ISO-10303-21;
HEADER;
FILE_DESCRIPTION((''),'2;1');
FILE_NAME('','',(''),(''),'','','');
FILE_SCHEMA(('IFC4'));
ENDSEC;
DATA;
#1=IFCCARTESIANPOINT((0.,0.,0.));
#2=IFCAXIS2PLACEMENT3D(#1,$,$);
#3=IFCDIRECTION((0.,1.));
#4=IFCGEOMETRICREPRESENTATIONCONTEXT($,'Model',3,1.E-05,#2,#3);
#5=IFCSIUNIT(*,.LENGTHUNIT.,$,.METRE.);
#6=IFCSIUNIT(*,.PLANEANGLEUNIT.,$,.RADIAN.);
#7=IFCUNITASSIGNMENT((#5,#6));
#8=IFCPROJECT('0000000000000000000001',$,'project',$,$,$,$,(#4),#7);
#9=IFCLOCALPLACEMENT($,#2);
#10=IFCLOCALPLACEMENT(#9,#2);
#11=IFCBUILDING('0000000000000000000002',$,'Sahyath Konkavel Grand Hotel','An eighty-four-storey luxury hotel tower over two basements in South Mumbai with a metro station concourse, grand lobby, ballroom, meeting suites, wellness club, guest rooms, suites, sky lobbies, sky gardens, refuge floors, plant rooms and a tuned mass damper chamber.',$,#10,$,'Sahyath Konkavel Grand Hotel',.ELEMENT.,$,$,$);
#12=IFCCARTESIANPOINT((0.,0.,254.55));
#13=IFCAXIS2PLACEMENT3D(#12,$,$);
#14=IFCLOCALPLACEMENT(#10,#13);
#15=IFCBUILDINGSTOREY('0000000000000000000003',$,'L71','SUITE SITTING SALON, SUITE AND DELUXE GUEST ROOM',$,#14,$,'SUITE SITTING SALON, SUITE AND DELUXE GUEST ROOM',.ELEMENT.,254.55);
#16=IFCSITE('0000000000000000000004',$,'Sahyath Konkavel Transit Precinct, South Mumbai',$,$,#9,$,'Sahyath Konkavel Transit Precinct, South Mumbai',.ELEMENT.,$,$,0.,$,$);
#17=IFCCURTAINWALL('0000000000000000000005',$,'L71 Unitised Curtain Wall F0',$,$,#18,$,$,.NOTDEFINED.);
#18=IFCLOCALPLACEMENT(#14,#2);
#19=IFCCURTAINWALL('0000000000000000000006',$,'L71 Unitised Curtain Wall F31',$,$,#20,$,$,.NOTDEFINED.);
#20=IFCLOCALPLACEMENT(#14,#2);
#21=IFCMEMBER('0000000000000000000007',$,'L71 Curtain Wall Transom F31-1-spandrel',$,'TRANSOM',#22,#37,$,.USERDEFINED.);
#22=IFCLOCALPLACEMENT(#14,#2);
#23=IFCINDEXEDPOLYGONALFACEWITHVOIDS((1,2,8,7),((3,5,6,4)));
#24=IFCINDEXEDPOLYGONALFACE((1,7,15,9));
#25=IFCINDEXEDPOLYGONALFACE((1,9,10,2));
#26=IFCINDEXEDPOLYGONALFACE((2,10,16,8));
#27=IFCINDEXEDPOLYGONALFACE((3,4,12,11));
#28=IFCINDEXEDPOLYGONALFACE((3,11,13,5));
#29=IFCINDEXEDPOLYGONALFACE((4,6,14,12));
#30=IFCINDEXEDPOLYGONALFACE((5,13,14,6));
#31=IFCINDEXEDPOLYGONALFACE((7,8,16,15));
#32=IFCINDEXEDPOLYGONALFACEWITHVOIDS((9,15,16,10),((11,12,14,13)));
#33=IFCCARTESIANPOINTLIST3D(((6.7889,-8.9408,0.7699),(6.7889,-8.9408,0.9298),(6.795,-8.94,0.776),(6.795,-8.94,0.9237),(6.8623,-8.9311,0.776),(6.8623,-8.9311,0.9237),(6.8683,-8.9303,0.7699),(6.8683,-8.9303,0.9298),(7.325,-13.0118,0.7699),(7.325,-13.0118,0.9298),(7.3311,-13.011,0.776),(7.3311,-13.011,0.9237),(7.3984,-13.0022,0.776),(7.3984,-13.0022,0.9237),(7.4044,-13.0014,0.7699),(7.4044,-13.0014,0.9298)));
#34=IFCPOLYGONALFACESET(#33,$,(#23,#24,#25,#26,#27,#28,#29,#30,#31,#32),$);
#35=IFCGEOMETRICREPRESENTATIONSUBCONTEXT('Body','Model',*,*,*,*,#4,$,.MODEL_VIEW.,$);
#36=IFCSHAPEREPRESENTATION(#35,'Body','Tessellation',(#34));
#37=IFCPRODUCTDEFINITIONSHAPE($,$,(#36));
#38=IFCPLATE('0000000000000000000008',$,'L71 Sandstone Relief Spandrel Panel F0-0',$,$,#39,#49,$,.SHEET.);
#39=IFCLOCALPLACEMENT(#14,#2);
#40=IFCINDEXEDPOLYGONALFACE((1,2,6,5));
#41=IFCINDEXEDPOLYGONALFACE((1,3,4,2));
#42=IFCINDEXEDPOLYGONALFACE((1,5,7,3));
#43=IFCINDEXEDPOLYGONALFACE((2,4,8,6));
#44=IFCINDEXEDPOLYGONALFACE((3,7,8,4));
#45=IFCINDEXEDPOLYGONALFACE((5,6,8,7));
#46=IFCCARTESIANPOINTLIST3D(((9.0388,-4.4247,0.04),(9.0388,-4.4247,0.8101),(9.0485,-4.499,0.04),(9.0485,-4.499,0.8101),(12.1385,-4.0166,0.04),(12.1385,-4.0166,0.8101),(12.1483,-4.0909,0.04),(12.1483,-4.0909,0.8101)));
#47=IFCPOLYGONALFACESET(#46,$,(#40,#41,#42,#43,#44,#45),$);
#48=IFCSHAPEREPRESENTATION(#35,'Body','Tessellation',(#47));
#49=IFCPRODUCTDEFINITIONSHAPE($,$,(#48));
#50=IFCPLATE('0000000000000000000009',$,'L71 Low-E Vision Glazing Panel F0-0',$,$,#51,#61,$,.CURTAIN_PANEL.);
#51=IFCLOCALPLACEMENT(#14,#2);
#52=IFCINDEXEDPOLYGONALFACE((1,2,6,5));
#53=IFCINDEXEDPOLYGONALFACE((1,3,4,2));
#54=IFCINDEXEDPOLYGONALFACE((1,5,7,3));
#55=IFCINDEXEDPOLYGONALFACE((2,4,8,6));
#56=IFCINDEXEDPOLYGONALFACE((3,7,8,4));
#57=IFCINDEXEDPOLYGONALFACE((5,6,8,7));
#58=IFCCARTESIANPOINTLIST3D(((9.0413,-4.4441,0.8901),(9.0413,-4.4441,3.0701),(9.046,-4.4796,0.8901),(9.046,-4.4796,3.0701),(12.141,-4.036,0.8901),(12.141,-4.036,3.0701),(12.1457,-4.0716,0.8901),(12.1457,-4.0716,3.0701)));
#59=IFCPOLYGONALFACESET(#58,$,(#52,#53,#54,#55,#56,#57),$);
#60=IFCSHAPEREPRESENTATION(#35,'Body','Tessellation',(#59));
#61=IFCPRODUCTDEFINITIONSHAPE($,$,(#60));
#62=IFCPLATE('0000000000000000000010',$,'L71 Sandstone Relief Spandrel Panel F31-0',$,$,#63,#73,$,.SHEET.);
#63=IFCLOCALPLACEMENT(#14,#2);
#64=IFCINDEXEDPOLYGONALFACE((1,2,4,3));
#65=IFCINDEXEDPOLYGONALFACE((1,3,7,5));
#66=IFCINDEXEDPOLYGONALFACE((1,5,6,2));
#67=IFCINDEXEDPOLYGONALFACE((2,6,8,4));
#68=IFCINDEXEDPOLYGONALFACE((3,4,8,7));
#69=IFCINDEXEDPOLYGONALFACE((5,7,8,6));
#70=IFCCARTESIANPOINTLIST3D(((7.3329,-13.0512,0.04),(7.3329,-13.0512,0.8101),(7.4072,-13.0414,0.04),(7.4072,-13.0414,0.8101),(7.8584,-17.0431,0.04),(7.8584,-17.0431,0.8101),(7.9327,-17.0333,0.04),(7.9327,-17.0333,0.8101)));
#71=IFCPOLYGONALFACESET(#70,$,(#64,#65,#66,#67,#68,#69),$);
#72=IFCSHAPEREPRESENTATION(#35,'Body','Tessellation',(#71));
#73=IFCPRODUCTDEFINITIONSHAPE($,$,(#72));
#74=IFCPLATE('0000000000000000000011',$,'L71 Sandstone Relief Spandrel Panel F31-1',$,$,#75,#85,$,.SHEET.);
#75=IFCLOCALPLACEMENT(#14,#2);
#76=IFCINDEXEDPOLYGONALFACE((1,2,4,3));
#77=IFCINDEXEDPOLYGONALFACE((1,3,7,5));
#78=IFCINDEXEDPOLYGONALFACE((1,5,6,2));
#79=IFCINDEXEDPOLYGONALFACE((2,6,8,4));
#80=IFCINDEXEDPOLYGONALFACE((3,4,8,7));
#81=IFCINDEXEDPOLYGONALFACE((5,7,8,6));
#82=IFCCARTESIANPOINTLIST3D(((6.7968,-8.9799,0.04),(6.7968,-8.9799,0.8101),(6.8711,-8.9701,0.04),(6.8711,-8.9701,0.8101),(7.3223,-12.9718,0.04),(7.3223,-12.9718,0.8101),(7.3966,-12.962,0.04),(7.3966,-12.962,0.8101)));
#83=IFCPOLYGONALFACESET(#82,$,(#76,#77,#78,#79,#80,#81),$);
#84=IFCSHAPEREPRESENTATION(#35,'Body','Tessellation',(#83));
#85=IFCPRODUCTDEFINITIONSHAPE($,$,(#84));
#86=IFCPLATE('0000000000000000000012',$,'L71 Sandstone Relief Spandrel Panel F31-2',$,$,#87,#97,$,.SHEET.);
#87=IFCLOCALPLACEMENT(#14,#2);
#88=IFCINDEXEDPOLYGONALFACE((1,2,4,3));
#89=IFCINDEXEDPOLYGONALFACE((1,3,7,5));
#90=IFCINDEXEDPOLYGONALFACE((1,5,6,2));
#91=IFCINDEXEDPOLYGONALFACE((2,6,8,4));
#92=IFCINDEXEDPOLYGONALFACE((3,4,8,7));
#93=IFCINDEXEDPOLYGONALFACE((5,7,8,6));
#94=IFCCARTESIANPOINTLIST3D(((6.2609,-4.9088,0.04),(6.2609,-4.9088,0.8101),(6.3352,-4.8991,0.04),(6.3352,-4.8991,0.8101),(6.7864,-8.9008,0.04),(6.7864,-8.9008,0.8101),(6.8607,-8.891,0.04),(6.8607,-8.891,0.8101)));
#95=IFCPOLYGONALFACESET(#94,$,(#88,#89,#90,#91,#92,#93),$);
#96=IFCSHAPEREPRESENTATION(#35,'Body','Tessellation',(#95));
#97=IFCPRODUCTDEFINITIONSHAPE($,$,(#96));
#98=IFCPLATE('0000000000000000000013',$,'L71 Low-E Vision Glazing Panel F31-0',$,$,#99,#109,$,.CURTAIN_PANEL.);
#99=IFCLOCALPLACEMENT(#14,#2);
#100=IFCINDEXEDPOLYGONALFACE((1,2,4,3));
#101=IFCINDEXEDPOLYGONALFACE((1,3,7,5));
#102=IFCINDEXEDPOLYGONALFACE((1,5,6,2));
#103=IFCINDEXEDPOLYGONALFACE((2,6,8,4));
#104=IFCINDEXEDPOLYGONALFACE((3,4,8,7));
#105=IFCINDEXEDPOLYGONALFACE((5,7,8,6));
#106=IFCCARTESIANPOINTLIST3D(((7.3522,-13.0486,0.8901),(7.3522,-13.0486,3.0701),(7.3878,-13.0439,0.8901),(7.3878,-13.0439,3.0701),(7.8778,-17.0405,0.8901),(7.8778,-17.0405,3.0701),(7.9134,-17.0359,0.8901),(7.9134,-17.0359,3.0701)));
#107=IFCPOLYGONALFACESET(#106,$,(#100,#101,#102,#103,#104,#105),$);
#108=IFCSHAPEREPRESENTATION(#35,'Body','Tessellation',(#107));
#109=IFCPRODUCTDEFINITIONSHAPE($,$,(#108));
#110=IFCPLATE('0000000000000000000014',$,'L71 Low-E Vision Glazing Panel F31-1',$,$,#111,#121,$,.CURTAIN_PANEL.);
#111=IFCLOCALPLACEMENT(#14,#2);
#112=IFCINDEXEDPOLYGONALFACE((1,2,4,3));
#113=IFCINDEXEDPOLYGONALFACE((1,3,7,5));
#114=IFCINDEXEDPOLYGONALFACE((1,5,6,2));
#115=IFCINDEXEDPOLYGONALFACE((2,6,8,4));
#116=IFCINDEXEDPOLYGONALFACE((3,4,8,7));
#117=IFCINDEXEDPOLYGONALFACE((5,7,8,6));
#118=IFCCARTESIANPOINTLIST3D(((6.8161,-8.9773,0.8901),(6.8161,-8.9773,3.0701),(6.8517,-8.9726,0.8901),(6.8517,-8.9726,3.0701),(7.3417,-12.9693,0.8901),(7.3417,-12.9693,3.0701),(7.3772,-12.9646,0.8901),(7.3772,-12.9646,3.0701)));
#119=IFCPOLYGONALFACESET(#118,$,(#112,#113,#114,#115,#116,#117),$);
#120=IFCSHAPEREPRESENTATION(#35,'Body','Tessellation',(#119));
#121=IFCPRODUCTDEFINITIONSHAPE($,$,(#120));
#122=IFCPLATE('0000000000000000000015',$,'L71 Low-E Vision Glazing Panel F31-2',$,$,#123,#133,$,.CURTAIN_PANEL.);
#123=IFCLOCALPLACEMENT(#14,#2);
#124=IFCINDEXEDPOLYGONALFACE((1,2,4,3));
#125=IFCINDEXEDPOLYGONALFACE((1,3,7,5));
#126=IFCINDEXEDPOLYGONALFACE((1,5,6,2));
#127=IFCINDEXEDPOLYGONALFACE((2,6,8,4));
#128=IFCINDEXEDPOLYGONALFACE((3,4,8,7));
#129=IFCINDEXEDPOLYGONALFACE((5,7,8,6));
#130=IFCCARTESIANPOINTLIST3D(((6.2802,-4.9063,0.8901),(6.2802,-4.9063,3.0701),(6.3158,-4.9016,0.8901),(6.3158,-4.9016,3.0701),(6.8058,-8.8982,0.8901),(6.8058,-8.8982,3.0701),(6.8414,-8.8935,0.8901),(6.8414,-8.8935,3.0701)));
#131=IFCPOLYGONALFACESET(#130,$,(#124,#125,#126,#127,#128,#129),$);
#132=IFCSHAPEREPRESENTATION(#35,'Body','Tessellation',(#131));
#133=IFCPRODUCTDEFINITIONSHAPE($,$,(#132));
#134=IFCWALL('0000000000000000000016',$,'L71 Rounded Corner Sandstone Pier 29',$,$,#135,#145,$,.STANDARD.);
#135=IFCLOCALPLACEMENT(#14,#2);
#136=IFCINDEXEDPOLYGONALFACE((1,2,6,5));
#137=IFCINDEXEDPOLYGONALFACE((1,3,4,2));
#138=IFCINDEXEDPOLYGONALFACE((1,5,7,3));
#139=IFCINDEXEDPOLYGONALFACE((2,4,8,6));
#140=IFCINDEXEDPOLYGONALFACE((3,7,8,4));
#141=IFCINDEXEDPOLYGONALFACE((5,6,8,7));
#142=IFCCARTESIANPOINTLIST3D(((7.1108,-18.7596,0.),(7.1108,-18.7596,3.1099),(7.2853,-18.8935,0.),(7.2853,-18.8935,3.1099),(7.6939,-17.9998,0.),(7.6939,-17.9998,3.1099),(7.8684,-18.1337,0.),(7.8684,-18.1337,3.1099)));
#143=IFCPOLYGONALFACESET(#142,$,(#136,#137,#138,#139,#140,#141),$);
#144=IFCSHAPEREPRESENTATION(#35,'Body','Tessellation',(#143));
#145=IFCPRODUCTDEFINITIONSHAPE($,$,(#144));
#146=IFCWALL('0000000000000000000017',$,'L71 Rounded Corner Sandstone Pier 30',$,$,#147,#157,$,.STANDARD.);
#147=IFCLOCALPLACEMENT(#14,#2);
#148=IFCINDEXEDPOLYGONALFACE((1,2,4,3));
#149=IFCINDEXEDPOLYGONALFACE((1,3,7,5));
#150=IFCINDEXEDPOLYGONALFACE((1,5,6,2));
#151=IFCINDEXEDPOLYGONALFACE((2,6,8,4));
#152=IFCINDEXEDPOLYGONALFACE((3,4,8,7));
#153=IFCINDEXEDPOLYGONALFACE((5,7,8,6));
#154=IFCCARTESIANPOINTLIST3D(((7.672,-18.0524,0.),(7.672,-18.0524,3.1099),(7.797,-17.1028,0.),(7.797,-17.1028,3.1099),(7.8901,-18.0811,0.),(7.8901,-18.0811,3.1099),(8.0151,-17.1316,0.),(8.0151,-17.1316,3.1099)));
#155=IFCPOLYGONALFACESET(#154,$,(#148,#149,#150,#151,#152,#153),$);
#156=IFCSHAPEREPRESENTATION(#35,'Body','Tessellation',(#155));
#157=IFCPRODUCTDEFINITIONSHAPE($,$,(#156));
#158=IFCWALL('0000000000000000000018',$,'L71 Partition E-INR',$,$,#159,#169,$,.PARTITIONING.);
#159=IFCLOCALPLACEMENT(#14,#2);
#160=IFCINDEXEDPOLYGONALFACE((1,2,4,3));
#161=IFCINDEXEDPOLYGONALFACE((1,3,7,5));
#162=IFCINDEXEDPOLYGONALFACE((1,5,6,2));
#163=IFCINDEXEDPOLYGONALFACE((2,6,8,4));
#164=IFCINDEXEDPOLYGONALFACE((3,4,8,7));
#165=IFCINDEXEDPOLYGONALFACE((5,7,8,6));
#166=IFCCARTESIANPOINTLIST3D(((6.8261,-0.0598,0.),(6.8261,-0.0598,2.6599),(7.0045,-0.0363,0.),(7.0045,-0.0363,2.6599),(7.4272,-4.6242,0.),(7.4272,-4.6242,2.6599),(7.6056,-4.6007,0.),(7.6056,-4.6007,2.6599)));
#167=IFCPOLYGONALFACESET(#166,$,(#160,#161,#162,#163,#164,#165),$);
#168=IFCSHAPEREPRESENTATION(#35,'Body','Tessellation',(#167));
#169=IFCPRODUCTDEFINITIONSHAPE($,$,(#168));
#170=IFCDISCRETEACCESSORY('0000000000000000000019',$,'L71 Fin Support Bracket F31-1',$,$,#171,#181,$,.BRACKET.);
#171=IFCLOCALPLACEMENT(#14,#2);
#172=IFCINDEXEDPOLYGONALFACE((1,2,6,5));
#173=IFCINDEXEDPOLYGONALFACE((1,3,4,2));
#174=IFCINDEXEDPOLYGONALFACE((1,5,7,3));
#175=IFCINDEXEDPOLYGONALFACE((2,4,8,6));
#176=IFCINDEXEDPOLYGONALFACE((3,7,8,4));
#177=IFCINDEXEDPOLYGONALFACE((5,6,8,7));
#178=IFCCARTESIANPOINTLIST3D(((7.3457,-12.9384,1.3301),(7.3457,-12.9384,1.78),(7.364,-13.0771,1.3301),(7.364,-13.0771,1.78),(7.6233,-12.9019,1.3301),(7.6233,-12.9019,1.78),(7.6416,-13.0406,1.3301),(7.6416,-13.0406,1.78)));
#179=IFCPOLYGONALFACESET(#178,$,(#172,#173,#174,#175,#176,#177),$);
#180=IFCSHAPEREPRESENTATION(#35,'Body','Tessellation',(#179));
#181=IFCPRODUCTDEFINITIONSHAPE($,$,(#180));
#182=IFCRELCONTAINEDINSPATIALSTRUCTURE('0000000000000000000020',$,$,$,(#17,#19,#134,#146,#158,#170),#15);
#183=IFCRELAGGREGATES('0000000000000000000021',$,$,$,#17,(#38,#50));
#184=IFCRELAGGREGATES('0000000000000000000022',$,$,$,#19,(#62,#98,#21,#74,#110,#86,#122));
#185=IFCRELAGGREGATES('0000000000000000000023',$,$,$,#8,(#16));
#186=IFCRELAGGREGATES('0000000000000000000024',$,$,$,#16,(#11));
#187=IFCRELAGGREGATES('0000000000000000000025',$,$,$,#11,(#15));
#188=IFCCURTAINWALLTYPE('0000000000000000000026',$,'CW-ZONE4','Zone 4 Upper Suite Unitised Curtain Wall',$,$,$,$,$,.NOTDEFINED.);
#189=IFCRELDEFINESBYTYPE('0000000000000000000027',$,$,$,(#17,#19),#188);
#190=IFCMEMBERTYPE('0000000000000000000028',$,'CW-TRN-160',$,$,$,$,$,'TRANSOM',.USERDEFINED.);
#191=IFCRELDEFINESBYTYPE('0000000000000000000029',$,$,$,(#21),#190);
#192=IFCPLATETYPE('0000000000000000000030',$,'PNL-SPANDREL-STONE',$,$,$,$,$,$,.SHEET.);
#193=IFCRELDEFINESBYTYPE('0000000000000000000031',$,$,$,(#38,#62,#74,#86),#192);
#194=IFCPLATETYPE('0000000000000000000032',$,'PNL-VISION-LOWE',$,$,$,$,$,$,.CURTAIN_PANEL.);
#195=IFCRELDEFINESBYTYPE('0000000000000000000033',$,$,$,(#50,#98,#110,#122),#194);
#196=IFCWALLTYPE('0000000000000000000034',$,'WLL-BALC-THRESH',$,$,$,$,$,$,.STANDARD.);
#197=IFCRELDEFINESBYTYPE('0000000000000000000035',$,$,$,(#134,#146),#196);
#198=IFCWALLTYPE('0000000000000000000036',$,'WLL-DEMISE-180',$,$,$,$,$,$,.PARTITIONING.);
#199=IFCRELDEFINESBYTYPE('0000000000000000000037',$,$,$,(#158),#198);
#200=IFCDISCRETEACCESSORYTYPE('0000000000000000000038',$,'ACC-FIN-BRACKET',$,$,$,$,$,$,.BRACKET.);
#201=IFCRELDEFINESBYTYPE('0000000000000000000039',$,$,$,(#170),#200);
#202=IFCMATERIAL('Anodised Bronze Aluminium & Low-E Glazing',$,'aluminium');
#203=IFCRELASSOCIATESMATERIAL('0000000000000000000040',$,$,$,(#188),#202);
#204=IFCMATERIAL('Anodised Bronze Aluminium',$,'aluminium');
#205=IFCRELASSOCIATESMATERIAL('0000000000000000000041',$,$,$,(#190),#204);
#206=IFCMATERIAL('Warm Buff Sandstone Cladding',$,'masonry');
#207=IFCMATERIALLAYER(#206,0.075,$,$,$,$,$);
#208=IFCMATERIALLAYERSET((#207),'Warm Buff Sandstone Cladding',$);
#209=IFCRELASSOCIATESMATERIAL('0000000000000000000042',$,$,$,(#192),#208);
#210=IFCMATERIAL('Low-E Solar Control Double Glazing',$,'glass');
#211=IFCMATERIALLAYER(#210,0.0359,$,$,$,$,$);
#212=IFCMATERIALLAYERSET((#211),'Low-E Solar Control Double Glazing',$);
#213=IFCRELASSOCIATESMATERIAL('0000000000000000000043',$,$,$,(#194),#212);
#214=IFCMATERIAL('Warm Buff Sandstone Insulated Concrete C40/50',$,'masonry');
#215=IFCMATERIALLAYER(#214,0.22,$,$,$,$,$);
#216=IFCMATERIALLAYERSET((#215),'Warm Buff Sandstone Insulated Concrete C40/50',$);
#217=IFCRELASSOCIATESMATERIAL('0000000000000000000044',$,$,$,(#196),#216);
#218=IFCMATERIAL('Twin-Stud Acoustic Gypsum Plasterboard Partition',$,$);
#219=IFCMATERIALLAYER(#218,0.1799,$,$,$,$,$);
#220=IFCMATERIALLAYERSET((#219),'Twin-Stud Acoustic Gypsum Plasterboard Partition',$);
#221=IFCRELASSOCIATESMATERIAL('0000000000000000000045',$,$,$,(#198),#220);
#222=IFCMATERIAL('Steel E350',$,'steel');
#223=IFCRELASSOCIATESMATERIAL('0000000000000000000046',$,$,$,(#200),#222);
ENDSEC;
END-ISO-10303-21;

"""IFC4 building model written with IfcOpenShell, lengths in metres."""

from ifc_helpers import new_model, si_unit, direction, frame, frame_2d, origin, origin_2d, place, context, subcontext, project, spatial, rectangle, hollow_rectangle, extrude, source, transform, mapped, material, layer, layer_set, material_profile, profile_set, type_object, element, aggregate, save


model = new_model("IFC4")

# Units and contexts
model_context = context("Model", 3, precision=1e-05, world=origin(), true_north=direction((0.0, 1.0)))
body_context = subcontext(model_context, "Body", "Model", "MODEL_VIEW")
ifc_project = project(units=[si_unit("LENGTHUNIT", "METRE"), si_unit("PLANEANGLEUNIT", "RADIAN")], contexts=[model_context])

# Site, building, storey
site_placement = place(None, origin())
site = spatial("IfcSite", under=ifc_project, at=site_placement, Name="Sahyath Konkavel Transit Precinct, South Mumbai", LongName="Sahyath Konkavel Transit Precinct, South Mumbai", CompositionType="ELEMENT", RefElevation=0.0)
building_placement = place(site_placement, origin())
building = spatial("IfcBuilding", under=site, at=building_placement, Name="Sahyath Konkavel Grand Hotel", Description="An eighty-four-storey luxury hotel tower over two basements in South Mumbai with a metro station concourse, grand lobby, ballroom, meeting suites, wellness club, guest rooms, suites, sky lobbies, sky gardens, refuge floors, plant rooms and a tuned mass damper chamber.", LongName="Sahyath Konkavel Grand Hotel", CompositionType="ELEMENT")
storey_placement = place(building_placement, frame((0.0, 0.0, 254.55)))
storey = spatial("IfcBuildingStorey", under=building, at=storey_placement, Name="L71", Description="SUITE SITTING SALON, SUITE AND DELUXE GUEST ROOM", LongName="SUITE SITTING SALON, SUITE AND DELUXE GUEST ROOM", CompositionType="ELEMENT", Elevation=254.55)

# Curtain wall
ifc_material_1 = material(Name="Anodised Bronze Aluminium & Low-E Glazing", Category="aluminium")
curtain_wall_type = type_object("IfcCurtainWallType", Name="CW-ZONE4", Description="Zone 4 Upper Suite Unitised Curtain Wall", PredefinedType="NOTDEFINED", material=ifc_material_1)
curtain_wall_1_placement = place(storey_placement, origin())
curtain_wall_1 = element("IfcCurtainWall", 1, at=curtain_wall_1_placement, inside=storey, type_object=curtain_wall_type, Name="L71 Unitised Curtain Wall F0", PredefinedType="NOTDEFINED")
ifc_material_2 = material(Name="Anodised Bronze Aluminium", Category="aluminium")

# Curtain wall
curtain_wall_2_placement = place(storey_placement, origin())
curtain_wall_2 = element("IfcCurtainWall", 2, at=curtain_wall_2_placement, inside=storey, type_object=curtain_wall_type, Name="L71 Unitised Curtain Wall F31", PredefinedType="NOTDEFINED")

# Member
ifc_material_profile_1 = material_profile(ifc_material_2, hollow_rectangle(XDim=0.0801, YDim=0.1599, WallThickness=0.0061, at=origin_2d()), Name="RHS 160x80x6")
ifc_profile_set_1 = profile_set([ifc_material_profile_1], Name="Anodised Bronze Aluminium")
member_type_1 = type_object("IfcMemberType", Name="CW-TRN-160", ElementType="TRANSOM", PredefinedType="USERDEFINED", material=ifc_profile_set_1)
shared_shape_1 = source(origin(), body_context, "Body", "SweptSolid", [
    extrude(hollow_rectangle(XDim=0.0801, YDim=0.1599, WallThickness=0.0061, at=origin_2d()), origin(), (0.0, 0.0, 1.0), 4.1062),
])
member_1_placement = place(storey_placement, frame((7.3647, -13.0066, 0.8499), z_axis=(-0.130567, 0.99144, 0.0), x_axis=(-0.99144, -0.130567, 0.0)))
member_1 = element("IfcMember", 3, at=member_1_placement, type_object=member_type_1, Name="L71 Curtain Wall Transom F31-1-spandrel", ObjectType="TRANSOM", PredefinedType="USERDEFINED", context=body_context, shape_type="MappedRepresentation", body=[
    mapped(shared_shape_1, transform((0.0, 0.0, 0.0), scale=1.0)),
])

# Plates
ifc_material_3 = material(Name="Warm Buff Sandstone Cladding", Category="masonry")
ifc_layer_1 = layer(ifc_material_3, 0.075)
ifc_layer_set_1 = layer_set([ifc_layer_1], Name="Warm Buff Sandstone Cladding")
plate_type_1 = type_object("IfcPlateType", Name="PNL-SPANDREL-STONE", PredefinedType="SHEET", material=ifc_layer_set_1)
shared_shape_2 = source(origin(), body_context, "Body", "SweptSolid", [
    extrude(rectangle(XDim=3.1265, YDim=0.075, at=origin_2d()), origin(), (0.0, 0.0, 1.0), 0.77),
])
plate_1_placement = place(storey_placement, frame((10.5935, -4.2578, 0.04), z_axis=(0.0, 0.0, 1.0), x_axis=(0.991445, 0.130526, 0.0)))
plate_1 = element("IfcPlate", 4, at=plate_1_placement, type_object=plate_type_1, Name="L71 Sandstone Relief Spandrel Panel F0-0", PredefinedType="SHEET", context=body_context, shape_type="MappedRepresentation", body=[
    mapped(shared_shape_2, transform((0.0, 0.0, 0.0), scale=1.0)),
])
ifc_material_4 = material(Name="Low-E Solar Control Double Glazing", Category="glass")
ifc_layer_2 = layer(ifc_material_4, 0.0359)
ifc_layer_set_2 = layer_set([ifc_layer_2], Name="Low-E Solar Control Double Glazing")
plate_type_2 = type_object("IfcPlateType", Name="PNL-VISION-LOWE", PredefinedType="CURTAIN_PANEL", material=ifc_layer_set_2)
shared_shape_3 = source(origin(), body_context, "Body", "SweptSolid", [
    extrude(rectangle(XDim=3.1265, YDim=0.0359, at=origin_2d()), origin(), (0.0, 0.0, 1.0), 2.1799),
])
plate_2_placement = place(storey_placement, frame((10.5935, -4.2578, 0.8901), z_axis=(0.0, 0.0, 1.0), x_axis=(0.991445, 0.130526, 0.0)))
plate_2 = element("IfcPlate", 5, at=plate_2_placement, type_object=plate_type_2, Name="L71 Low-E Vision Glazing Panel F0-0", PredefinedType="CURTAIN_PANEL", context=body_context, shape_type="MappedRepresentation", body=[
    mapped(shared_shape_3, transform((0.0, 0.0, 0.0), scale=1.0)),
])
aggregate(curtain_wall_1, [plate_1, plate_2])
shared_shape_4 = source(origin(), body_context, "Body", "SweptSolid", [
    extrude(rectangle(XDim=4.0264, YDim=0.075, at=origin_2d()), origin(), (0.0, 0.0, 1.0), 0.77),
])
plate_3_placement = place(storey_placement, frame((7.6328, -15.0422, 0.04), z_axis=(0.0, 0.0, 1.0), x_axis=(-0.130526, 0.991445, 0.0)))
plate_3 = element("IfcPlate", 6, at=plate_3_placement, type_object=plate_type_1, Name="L71 Sandstone Relief Spandrel Panel F31-0", PredefinedType="SHEET", context=body_context, shape_type="MappedRepresentation", body=[
    mapped(shared_shape_4, transform((0.0, 0.0, 0.0), scale=1.0)),
])
plate_4_placement = place(storey_placement, frame((7.0967, -10.9709, 0.04), z_axis=(0.0, 0.0, 1.0), x_axis=(-0.130526, 0.991445, 0.0)))
plate_4 = element("IfcPlate", 7, at=plate_4_placement, type_object=plate_type_1, Name="L71 Sandstone Relief Spandrel Panel F31-1", PredefinedType="SHEET", context=body_context, shape_type="MappedRepresentation", body=[
    mapped(shared_shape_4, transform((0.0, 0.0, 0.0), scale=1.0)),
])
plate_5_placement = place(storey_placement, frame((6.5608, -6.8999, 0.04), z_axis=(0.0, 0.0, 1.0), x_axis=(-0.130526, 0.991445, 0.0)))
plate_5 = element("IfcPlate", 8, at=plate_5_placement, type_object=plate_type_1, Name="L71 Sandstone Relief Spandrel Panel F31-2", PredefinedType="SHEET", context=body_context, shape_type="MappedRepresentation", body=[
    mapped(shared_shape_4, transform((0.0, 0.0, 0.0), scale=1.0)),
])
shared_shape_5 = source(origin(), body_context, "Body", "SweptSolid", [
    extrude(rectangle(XDim=4.0264, YDim=0.0359, at=origin_2d()), origin(), (0.0, 0.0, 1.0), 2.1799),
])
plate_6_placement = place(storey_placement, frame((7.6328, -15.0422, 0.8901), z_axis=(0.0, 0.0, 1.0), x_axis=(-0.130526, 0.991445, 0.0)))
plate_6 = element("IfcPlate", 9, at=plate_6_placement, type_object=plate_type_2, Name="L71 Low-E Vision Glazing Panel F31-0", PredefinedType="CURTAIN_PANEL", context=body_context, shape_type="MappedRepresentation", body=[
    mapped(shared_shape_5, transform((0.0, 0.0, 0.0), scale=1.0)),
])
plate_7_placement = place(storey_placement, frame((7.0967, -10.9709, 0.8901), z_axis=(0.0, 0.0, 1.0), x_axis=(-0.130526, 0.991445, 0.0)))
plate_7 = element("IfcPlate", 10, at=plate_7_placement, type_object=plate_type_2, Name="L71 Low-E Vision Glazing Panel F31-1", PredefinedType="CURTAIN_PANEL", context=body_context, shape_type="MappedRepresentation", body=[
    mapped(shared_shape_5, transform((0.0, 0.0, 0.0), scale=1.0)),
])
plate_8_placement = place(storey_placement, frame((6.5608, -6.8999, 0.8901), z_axis=(0.0, 0.0, 1.0), x_axis=(-0.130526, 0.991445, 0.0)))
plate_8 = element("IfcPlate", 11, at=plate_8_placement, type_object=plate_type_2, Name="L71 Low-E Vision Glazing Panel F31-2", PredefinedType="CURTAIN_PANEL", context=body_context, shape_type="MappedRepresentation", body=[
    mapped(shared_shape_5, transform((0.0, 0.0, 0.0), scale=1.0)),
])
aggregate(curtain_wall_2, [plate_3, plate_6, member_1, plate_4, plate_7, plate_5, plate_8])

# Walls
ifc_material_5 = material(Name="Warm Buff Sandstone Insulated Concrete C40/50", Category="masonry")
ifc_layer_3 = layer(ifc_material_5, 0.22)
ifc_layer_set_3 = layer_set([ifc_layer_3], Name="Warm Buff Sandstone Insulated Concrete C40/50")
wall_type_1 = type_object("IfcWallType", Name="WLL-BALC-THRESH", PredefinedType="STANDARD", material=ifc_layer_set_3)
for number, where, z_axis, x_axis, name in (
    (12, (7.198, -18.8267, 0.0), (0.0, 0.0, 1.0), (0.608774, 0.793344, 0.0), "L71 Rounded Corner Sandstone Pier 29"),
    (13, (7.781, -18.0669, 0.0), (0.0, 0.0, 1.0), (0.130527, 0.991445, 0.0), "L71 Rounded Corner Sandstone Pier 30"),
):
    element("IfcWall", number, at=place(storey_placement, frame(where, z_axis=z_axis, x_axis=x_axis)), inside=storey, type_object=wall_type_1, Name=name, PredefinedType="STANDARD", context=body_context, shape_type="SweptSolid", body=[
        extrude(rectangle(XDim=0.9578, YDim=0.22, at=frame_2d((0.479, 0.0))), origin(), (0.0, 0.0, 1.0), 3.1099),
    ])
ifc_material_6 = material(Name="Twin-Stud Acoustic Gypsum Plasterboard Partition")
ifc_layer_4 = layer(ifc_material_6, 0.1799)
ifc_layer_set_4 = layer_set([ifc_layer_4], Name="Twin-Stud Acoustic Gypsum Plasterboard Partition")
wall_type_2 = type_object("IfcWallType", Name="WLL-DEMISE-180", PredefinedType="PARTITIONING", material=ifc_layer_set_4)
wall_placement = place(storey_placement, frame((7.5164, -4.6123, 0.0), z_axis=(0.0, 0.0, 1.0), x_axis=(-0.130559, 0.991441, 0.0)))
element("IfcWall", 14, at=wall_placement, inside=storey, type_object=wall_type_2, Name="L71 Partition E-INR", PredefinedType="PARTITIONING", context=body_context, shape_type="SweptSolid", body=[
    extrude(rectangle(XDim=4.6038, YDim=0.1799, at=frame_2d((2.3018, 0.0))), origin(), (0.0, 0.0, 1.0), 2.6599),
])

# Discrete accessory
ifc_material_7 = material(Name="Steel E350", Category="steel")
discrete_accessory_type = type_object("IfcDiscreteAccessoryType", Name="ACC-FIN-BRACKET", PredefinedType="BRACKET", material=ifc_material_7)
shared_shape_6 = source(origin(), body_context, "Body", "SweptSolid", [
    extrude(rectangle(XDim=0.28, YDim=0.1399, at=origin_2d()), origin(), (0.0, 0.0, 1.0), 0.45),
])
discrete_accessory_placement = place(storey_placement, frame((7.4937, -12.9895, 1.3301), z_axis=(0.0, 0.0, 1.0), x_axis=(0.991445, 0.130526, 0.0)))
element("IfcDiscreteAccessory", 15, at=discrete_accessory_placement, inside=storey, type_object=discrete_accessory_type, Name="L71 Fin Support Bracket F31-1", PredefinedType="BRACKET", context=body_context, shape_type="MappedRepresentation", body=[
    mapped(shared_shape_6, transform((0.0, 0.0, 0.0), scale=1.0)),
])

save(model, "model.ifc")
